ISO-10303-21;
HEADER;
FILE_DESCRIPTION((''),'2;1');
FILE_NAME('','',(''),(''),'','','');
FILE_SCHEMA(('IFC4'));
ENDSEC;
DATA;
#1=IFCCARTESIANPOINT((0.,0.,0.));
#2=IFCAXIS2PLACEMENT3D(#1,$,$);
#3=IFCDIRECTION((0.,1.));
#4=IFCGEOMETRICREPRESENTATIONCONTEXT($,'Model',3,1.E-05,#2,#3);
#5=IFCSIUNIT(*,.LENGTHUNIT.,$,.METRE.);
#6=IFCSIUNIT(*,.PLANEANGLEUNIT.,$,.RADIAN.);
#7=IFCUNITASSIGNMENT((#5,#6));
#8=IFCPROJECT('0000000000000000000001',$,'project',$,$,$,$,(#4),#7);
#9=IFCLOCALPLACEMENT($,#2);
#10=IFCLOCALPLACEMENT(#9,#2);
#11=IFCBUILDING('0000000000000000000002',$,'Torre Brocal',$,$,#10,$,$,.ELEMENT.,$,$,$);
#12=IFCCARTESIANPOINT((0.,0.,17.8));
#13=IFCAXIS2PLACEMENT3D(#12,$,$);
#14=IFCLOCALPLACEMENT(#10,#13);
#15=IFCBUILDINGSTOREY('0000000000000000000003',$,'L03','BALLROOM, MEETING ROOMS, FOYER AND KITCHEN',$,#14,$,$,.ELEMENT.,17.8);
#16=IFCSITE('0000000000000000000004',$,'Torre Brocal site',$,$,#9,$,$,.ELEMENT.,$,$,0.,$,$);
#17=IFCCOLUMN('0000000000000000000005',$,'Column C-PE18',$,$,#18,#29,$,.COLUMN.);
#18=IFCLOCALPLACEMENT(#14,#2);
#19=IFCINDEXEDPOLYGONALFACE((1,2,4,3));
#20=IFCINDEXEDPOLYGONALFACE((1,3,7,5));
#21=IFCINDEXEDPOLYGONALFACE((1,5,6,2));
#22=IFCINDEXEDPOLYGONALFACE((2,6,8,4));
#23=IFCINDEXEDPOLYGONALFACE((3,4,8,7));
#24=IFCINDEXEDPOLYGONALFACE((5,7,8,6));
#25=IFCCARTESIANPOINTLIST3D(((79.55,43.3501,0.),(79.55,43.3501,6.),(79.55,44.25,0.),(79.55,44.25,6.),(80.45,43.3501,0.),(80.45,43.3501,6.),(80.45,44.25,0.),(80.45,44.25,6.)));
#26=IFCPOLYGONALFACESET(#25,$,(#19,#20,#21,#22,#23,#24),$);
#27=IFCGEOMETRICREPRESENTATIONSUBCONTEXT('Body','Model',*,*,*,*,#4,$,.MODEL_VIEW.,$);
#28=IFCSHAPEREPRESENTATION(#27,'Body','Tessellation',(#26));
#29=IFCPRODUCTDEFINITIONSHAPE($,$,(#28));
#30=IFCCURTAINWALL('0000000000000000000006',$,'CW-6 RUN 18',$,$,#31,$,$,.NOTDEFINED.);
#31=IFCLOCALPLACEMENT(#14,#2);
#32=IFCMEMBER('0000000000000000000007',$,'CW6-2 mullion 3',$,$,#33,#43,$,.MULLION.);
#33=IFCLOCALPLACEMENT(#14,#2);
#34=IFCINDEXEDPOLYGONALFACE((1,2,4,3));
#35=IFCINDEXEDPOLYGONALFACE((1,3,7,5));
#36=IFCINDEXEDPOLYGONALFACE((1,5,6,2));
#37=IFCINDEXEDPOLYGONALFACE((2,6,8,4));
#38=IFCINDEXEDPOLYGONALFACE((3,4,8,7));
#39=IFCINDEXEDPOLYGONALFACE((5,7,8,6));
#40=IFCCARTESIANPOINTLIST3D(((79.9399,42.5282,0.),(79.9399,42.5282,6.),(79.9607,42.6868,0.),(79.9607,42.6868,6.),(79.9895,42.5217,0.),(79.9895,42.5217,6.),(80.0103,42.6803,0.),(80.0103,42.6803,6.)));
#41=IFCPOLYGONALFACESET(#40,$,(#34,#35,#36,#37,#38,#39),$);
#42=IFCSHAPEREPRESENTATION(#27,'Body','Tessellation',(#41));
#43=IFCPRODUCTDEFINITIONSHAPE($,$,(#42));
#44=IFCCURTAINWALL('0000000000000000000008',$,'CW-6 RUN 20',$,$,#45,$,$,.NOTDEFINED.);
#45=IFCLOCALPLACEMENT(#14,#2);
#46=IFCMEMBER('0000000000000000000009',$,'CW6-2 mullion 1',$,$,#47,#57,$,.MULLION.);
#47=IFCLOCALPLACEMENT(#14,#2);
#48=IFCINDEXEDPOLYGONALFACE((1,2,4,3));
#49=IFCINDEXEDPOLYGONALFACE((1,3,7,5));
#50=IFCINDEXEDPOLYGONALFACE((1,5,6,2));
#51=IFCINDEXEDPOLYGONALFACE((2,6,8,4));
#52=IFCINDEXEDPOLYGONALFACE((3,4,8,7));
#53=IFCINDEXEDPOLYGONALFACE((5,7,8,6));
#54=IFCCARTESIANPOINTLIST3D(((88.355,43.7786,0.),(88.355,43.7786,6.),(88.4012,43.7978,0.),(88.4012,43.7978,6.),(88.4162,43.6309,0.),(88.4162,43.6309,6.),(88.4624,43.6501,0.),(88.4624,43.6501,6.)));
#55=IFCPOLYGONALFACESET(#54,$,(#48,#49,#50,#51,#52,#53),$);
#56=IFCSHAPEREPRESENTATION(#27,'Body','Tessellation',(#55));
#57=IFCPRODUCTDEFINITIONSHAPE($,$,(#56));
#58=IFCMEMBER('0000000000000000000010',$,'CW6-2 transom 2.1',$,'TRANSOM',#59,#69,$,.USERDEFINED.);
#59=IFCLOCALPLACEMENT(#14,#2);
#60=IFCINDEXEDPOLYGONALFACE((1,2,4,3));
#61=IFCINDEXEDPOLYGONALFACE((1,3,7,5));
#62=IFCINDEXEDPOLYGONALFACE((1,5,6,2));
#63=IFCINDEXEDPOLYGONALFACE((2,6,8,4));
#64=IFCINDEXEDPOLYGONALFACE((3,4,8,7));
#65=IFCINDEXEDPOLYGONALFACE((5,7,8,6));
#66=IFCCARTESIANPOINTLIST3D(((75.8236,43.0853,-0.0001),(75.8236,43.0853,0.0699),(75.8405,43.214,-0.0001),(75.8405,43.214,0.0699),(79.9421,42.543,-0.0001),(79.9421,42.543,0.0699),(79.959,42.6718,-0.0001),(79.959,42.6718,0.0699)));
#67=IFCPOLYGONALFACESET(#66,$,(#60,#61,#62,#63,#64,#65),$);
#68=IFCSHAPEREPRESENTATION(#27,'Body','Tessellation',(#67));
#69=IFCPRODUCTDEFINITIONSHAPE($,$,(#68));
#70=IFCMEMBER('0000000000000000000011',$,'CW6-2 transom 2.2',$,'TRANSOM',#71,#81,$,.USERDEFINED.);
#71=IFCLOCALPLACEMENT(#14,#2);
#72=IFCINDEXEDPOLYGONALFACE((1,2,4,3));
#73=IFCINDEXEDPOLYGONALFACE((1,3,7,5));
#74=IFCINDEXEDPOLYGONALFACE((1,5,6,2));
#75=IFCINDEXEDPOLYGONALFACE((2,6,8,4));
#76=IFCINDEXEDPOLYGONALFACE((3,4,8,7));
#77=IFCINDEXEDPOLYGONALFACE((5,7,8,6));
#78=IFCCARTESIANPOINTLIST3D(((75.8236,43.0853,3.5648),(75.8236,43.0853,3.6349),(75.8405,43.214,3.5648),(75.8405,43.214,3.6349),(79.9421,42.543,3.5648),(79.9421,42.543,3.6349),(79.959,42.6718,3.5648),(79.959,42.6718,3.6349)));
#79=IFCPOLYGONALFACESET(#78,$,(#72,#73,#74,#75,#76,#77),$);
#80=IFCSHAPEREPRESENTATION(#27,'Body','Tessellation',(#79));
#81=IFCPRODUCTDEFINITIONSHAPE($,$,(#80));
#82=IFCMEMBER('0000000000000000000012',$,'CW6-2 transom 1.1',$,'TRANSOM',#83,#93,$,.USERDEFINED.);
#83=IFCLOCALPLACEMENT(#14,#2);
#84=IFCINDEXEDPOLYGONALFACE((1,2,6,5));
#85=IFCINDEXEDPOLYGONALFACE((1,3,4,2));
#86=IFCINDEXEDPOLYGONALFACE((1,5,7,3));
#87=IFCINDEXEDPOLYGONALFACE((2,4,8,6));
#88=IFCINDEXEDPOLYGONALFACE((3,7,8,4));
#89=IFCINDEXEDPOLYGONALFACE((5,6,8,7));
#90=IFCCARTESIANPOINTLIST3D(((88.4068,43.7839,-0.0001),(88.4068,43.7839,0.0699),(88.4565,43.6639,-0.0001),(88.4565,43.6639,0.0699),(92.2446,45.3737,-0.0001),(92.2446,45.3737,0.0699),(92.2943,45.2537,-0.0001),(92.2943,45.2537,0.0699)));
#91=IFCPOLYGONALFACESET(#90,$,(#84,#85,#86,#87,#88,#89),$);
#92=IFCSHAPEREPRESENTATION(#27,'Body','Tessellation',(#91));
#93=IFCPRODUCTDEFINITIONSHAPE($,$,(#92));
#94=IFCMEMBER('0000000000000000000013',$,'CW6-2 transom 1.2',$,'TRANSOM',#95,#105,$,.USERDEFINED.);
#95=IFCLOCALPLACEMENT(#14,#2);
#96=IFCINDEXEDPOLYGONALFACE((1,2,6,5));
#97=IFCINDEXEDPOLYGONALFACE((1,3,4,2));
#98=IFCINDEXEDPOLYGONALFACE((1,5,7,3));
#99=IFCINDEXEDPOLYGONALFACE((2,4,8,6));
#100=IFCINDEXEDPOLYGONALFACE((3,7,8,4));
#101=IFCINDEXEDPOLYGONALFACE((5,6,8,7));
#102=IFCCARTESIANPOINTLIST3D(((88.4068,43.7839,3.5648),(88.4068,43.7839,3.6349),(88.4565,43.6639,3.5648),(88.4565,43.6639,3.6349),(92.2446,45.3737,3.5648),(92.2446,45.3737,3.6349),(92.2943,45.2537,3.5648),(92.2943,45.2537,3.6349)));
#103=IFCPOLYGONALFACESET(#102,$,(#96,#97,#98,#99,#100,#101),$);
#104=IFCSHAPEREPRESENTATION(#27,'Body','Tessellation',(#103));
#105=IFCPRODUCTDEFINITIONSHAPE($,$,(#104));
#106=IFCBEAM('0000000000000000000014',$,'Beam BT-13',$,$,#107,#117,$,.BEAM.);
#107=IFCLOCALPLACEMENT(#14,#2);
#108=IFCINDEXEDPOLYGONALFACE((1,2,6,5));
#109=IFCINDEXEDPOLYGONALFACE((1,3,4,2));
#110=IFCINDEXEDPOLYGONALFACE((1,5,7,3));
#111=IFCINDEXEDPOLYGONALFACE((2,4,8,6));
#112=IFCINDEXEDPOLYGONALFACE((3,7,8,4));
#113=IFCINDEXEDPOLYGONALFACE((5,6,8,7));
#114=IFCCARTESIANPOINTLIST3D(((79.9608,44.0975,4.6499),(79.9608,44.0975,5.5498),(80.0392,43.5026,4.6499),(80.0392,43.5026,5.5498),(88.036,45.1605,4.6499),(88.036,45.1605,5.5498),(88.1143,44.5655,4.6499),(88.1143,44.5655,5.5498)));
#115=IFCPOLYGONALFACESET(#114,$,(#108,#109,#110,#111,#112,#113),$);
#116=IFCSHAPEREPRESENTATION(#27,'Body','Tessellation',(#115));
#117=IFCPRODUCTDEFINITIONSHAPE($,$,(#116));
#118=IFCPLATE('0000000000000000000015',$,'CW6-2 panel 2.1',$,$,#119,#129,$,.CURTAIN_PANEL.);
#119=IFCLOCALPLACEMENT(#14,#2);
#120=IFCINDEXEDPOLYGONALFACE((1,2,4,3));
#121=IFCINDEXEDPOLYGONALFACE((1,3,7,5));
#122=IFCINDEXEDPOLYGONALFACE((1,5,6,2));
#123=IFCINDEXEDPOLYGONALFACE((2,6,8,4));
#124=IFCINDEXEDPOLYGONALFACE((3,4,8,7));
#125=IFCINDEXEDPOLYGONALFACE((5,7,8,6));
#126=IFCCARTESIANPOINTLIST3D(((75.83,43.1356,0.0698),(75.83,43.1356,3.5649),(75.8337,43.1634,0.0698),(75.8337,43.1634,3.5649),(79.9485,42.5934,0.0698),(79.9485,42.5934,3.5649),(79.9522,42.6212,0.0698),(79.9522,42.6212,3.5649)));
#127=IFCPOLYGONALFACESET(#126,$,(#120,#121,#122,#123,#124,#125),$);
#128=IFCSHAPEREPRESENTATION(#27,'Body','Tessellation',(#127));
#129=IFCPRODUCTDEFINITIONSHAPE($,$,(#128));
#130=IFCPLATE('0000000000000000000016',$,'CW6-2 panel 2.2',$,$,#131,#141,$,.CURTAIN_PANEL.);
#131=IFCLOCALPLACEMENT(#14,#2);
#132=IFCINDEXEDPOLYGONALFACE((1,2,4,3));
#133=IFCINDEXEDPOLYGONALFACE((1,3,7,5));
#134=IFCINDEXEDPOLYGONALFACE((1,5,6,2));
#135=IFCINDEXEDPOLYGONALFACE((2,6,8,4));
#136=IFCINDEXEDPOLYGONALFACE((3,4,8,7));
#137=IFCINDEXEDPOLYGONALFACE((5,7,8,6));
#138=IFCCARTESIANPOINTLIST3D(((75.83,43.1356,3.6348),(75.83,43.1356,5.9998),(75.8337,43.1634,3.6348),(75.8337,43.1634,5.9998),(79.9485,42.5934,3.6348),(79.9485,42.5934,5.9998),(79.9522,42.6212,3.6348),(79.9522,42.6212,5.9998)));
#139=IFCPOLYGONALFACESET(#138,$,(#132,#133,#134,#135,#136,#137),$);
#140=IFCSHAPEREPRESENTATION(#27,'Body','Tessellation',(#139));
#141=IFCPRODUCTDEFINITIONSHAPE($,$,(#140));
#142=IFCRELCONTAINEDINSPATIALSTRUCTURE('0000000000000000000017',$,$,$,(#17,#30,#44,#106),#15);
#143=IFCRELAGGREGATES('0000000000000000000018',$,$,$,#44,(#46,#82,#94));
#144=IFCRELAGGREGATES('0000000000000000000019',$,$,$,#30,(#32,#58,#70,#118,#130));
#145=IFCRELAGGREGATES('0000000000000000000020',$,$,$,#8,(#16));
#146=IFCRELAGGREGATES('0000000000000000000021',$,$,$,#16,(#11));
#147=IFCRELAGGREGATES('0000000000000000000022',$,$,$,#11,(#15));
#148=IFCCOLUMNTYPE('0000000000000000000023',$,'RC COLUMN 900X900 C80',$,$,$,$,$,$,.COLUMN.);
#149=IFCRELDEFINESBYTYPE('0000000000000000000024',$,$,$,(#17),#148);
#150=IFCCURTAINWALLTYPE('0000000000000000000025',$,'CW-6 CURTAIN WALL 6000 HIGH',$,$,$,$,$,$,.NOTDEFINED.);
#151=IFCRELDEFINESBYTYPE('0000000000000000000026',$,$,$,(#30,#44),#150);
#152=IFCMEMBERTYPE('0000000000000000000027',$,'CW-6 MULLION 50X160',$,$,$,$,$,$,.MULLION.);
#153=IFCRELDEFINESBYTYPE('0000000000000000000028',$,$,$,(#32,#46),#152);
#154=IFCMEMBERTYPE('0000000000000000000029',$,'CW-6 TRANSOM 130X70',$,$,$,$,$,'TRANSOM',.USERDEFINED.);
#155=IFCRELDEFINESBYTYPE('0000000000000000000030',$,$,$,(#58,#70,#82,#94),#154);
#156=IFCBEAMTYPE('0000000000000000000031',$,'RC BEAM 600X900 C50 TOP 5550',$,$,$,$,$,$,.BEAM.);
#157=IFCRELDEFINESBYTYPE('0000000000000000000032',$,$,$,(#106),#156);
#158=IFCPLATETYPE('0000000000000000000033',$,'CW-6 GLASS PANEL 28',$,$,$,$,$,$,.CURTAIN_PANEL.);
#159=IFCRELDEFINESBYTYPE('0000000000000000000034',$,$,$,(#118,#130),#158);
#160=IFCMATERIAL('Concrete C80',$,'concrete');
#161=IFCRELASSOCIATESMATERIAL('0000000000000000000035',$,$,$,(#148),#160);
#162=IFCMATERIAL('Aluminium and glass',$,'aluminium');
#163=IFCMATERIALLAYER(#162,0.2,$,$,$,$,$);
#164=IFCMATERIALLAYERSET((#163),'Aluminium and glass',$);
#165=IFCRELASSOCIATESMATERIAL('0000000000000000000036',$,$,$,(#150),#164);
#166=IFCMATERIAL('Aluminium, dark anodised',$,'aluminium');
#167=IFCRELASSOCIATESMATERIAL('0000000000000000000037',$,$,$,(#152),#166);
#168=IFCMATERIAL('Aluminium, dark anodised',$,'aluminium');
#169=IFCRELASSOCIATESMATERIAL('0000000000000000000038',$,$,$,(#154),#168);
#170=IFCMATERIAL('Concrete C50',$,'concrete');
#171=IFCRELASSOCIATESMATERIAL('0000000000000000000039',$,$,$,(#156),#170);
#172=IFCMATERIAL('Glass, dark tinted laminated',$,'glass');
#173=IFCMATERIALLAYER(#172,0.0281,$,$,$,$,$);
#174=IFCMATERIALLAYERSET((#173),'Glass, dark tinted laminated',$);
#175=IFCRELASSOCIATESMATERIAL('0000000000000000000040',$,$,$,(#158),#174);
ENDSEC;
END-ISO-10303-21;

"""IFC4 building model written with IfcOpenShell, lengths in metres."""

from ifc_helpers import new_model, si_unit, direction, frame, origin, origin_2d, place, context, subcontext, project, spatial, rectangle, extrude, material, layer, layer_set, material_profile, profile_set, type_object, element, aggregate, save


model = new_model("IFC4")

# Units and contexts
model_context = context("Model", 3, precision=1e-05, world=origin(), true_north=direction((0.0, 1.0)))
body_context = subcontext(model_context, "Body", "Model", "MODEL_VIEW")
ifc_project = project(units=[si_unit("LENGTHUNIT", "METRE"), si_unit("PLANEANGLEUNIT", "RADIAN")], contexts=[model_context])

# Site, building, storey
site_placement = place(None, origin())
site = spatial("IfcSite", under=ifc_project, at=site_placement, Name="Torre Brocal site", CompositionType="ELEMENT", RefElevation=0.0)
building_placement = place(site_placement, origin())
building = spatial("IfcBuilding", under=site, at=building_placement, Name="Torre Brocal", CompositionType="ELEMENT")
storey_placement = place(building_placement, frame((0.0, 0.0, 17.8)))
storey = spatial("IfcBuildingStorey", under=building, at=storey_placement, Name="L03", Description="BALLROOM, MEETING ROOMS, FOYER AND KITCHEN", CompositionType="ELEMENT", Elevation=17.8)

# Column
ifc_material_1 = material(Name="Concrete C80", Category="concrete")
ifc_material_profile_1 = material_profile(ifc_material_1, rectangle(XDim=0.8999, YDim=0.8999, at=origin_2d()), Name="RC 900X900")
ifc_profile_set_1 = profile_set([ifc_material_profile_1], Name="Concrete C80")
column_type = type_object("IfcColumnType", Name="RC COLUMN 900X900 C80", PredefinedType="COLUMN", material=ifc_profile_set_1)
column_placement = place(storey_placement, frame((80.0, 43.8, 0.0), z_axis=(0.0, 0.0, 1.0), x_axis=(0.0, -1.0, 0.0)))
element("IfcColumn", 1, at=column_placement, inside=storey, type_object=column_type, Name="Column C-PE18", PredefinedType="COLUMN", context=body_context, shape_type="SweptSolid", body=[
    extrude(rectangle(XDim=0.8999, YDim=0.8999, at=origin_2d()), origin(), (0.0, 0.0, 1.0), 6.0),
])

# Curtain walls, members
ifc_material_2 = material(Name="Aluminium and glass", Category="aluminium")
ifc_layer_1 = layer(ifc_material_2, 0.2)
ifc_layer_set_1 = layer_set([ifc_layer_1], Name="Aluminium and glass")
curtain_wall_type = type_object("IfcCurtainWallType", Name="CW-6 CURTAIN WALL 6000 HIGH", PredefinedType="NOTDEFINED", material=ifc_layer_set_1)
curtain_wall_1_placement = place(storey_placement, origin())
curtain_wall_1 = element("IfcCurtainWall", 2, at=curtain_wall_1_placement, inside=storey, type_object=curtain_wall_type, Name="CW-6 RUN 18", PredefinedType="NOTDEFINED")
ifc_material_3 = material(Name="Aluminium, dark anodised", Category="aluminium")
ifc_material_profile_2 = material_profile(ifc_material_3, rectangle(XDim=0.1599, YDim=0.05, at=origin_2d()), Name="CW-6 MULLION 50X160")
ifc_profile_set_2 = profile_set([ifc_material_profile_2], Name="Aluminium, dark anodised")
member_type_1 = type_object("IfcMemberType", Name="CW-6 MULLION 50X160", PredefinedType="MULLION", material=ifc_profile_set_2)
member_1_placement = place(storey_placement, frame((79.9751, 42.6042, 0.0), z_axis=(0.0, 0.0, 1.0), x_axis=(0.130526, 0.991445, 0.0)))
member_1 = element("IfcMember", 3, at=member_1_placement, type_object=member_type_1, Name="CW6-2 mullion 3", PredefinedType="MULLION", context=body_context, shape_type="SweptSolid", body=[
    extrude(rectangle(XDim=0.1599, YDim=0.05, at=origin_2d()), origin(), (0.0, 0.0, 1.0), 6.0),
])
curtain_wall_2_placement = place(storey_placement, origin())
curtain_wall_2 = element("IfcCurtainWall", 4, at=curtain_wall_2_placement, inside=storey, type_object=curtain_wall_type, Name="CW-6 RUN 20", PredefinedType="NOTDEFINED")
member_2_placement = place(storey_placement, frame((88.4087, 43.7144, 0.0), z_axis=(0.0, 0.0, 1.0), x_axis=(-0.382683, 0.92388, 0.0)))
member_2 = element("IfcMember", 5, at=member_2_placement, type_object=member_type_1, Name="CW6-2 mullion 1", PredefinedType="MULLION", context=body_context, shape_type="SweptSolid", body=[
    extrude(rectangle(XDim=0.1599, YDim=0.05, at=origin_2d()), origin(), (0.0, 0.0, 1.0), 6.0),
])

# Members
ifc_material_4 = material(Name="Aluminium, dark anodised", Category="aluminium")
ifc_material_profile_3 = material_profile(ifc_material_4, rectangle(XDim=0.1299, YDim=0.0701, at=origin_2d()), Name="CW-6 TRANSOM 130X70")
ifc_profile_set_3 = profile_set([ifc_material_profile_3], Name="Aluminium, dark anodised")
member_type_2 = type_object("IfcMemberType", Name="CW-6 TRANSOM 130X70", ElementType="TRANSOM", PredefinedType="USERDEFINED", material=ifc_profile_set_3)
member_3_placement = place(storey_placement, frame((75.832, 43.1497, 0.0349), z_axis=(0.991444, -0.130535, 0.0), x_axis=(0.130535, 0.991444, 0.0)))
member_3 = element("IfcMember", 6, at=member_3_placement, type_object=member_type_2, Name="CW6-2 transom 2.1", ObjectType="TRANSOM", PredefinedType="USERDEFINED", context=body_context, shape_type="SweptSolid", body=[
    extrude(rectangle(XDim=0.1299, YDim=0.0701, at=origin_2d()), origin(), (0.0, 0.0, 1.0), 4.1541),
])
member_4_placement = place(storey_placement, frame((75.832, 43.1497, 3.5999), z_axis=(0.991444, -0.130535, 0.0), x_axis=(0.130535, 0.991444, 0.0)))
member_4 = element("IfcMember", 7, at=member_4_placement, type_object=member_type_2, Name="CW6-2 transom 2.2", ObjectType="TRANSOM", PredefinedType="USERDEFINED", context=body_context, shape_type="SweptSolid", body=[
    extrude(rectangle(XDim=0.1299, YDim=0.0701, at=origin_2d()), origin(), (0.0, 0.0, 1.0), 4.1541),
])
member_5_placement = place(storey_placement, frame((88.4316, 43.7239, 0.0349), z_axis=(0.923868, 0.382712, 0.0), x_axis=(-0.382712, 0.923868, 0.0)))
member_5 = element("IfcMember", 8, at=member_5_placement, type_object=member_type_2, Name="CW6-2 transom 1.1", ObjectType="TRANSOM", PredefinedType="USERDEFINED", context=body_context, shape_type="SweptSolid", body=[
    extrude(rectangle(XDim=0.1299, YDim=0.0701, at=origin_2d()), origin(), (0.0, 0.0, 1.0), 4.1541),
])
member_6_placement = place(storey_placement, frame((88.4316, 43.7239, 3.5999), z_axis=(0.923868, 0.382712, 0.0), x_axis=(-0.382712, 0.923868, 0.0)))
member_6 = element("IfcMember", 9, at=member_6_placement, type_object=member_type_2, Name="CW6-2 transom 1.2", ObjectType="TRANSOM", PredefinedType="USERDEFINED", context=body_context, shape_type="SweptSolid", body=[
    extrude(rectangle(XDim=0.1299, YDim=0.0701, at=origin_2d()), origin(), (0.0, 0.0, 1.0), 4.1541),
])
aggregate(curtain_wall_2, [member_2, member_5, member_6])

# Beam
ifc_material_5 = material(Name="Concrete C50", Category="concrete")
ifc_material_profile_4 = material_profile(ifc_material_5, rectangle(XDim=0.6001, YDim=0.8999, at=origin_2d()), Name="RC 600X900")
ifc_profile_set_4 = profile_set([ifc_material_profile_4], Name="Concrete C50")
beam_type = type_object("IfcBeamType", Name="RC BEAM 600X900 C50 TOP 5550", PredefinedType="BEAM", material=ifc_profile_set_4)
beam_placement = place(storey_placement, frame((80.0, 43.8, 5.0999), z_axis=(0.991447, 0.13051, 0.0), x_axis=(-0.13051, 0.991447, 0.0)))
element("IfcBeam", 10, at=beam_placement, inside=storey, type_object=beam_type, Name="Beam BT-13", PredefinedType="BEAM", context=body_context, shape_type="SweptSolid", body=[
    extrude(rectangle(XDim=0.6001, YDim=0.8999, at=origin_2d()), origin(), (0.0, 0.0, 1.0), 8.1448),
])

# Plates
ifc_material_6 = material(Name="Glass, dark tinted laminated", Category="glass")
ifc_layer_2 = layer(ifc_material_6, 0.0281)
ifc_layer_set_2 = layer_set([ifc_layer_2], Name="Glass, dark tinted laminated")
plate_type = type_object("IfcPlateType", Name="CW-6 GLASS PANEL 28", PredefinedType="CURTAIN_PANEL", material=ifc_layer_set_2)
plate_1_placement = place(storey_placement, frame((77.8911, 42.8784, 0.0698), z_axis=(0.0, 0.0, 1.0), x_axis=(0.991445, -0.130526, 0.0)))
plate_1 = element("IfcPlate", 11, at=plate_1_placement, type_object=plate_type, Name="CW6-2 panel 2.1", PredefinedType="CURTAIN_PANEL", context=body_context, shape_type="SweptSolid", body=[
    extrude(rectangle(XDim=4.1541, YDim=0.0281, at=origin_2d()), origin(), (0.0, 0.0, 1.0), 3.4951),
])
plate_2_placement = place(storey_placement, frame((77.8911, 42.8784, 3.6348), z_axis=(0.0, 0.0, 1.0), x_axis=(0.991445, -0.130526, 0.0)))
plate_2 = element("IfcPlate", 12, at=plate_2_placement, type_object=plate_type, Name="CW6-2 panel 2.2", PredefinedType="CURTAIN_PANEL", context=body_context, shape_type="SweptSolid", body=[
    extrude(rectangle(XDim=4.1541, YDim=0.0281, at=origin_2d()), origin(), (0.0, 0.0, 1.0), 2.365),
])
aggregate(curtain_wall_1, [member_1, member_3, member_4, plate_1, plate_2])

save(model, "model.ifc")
